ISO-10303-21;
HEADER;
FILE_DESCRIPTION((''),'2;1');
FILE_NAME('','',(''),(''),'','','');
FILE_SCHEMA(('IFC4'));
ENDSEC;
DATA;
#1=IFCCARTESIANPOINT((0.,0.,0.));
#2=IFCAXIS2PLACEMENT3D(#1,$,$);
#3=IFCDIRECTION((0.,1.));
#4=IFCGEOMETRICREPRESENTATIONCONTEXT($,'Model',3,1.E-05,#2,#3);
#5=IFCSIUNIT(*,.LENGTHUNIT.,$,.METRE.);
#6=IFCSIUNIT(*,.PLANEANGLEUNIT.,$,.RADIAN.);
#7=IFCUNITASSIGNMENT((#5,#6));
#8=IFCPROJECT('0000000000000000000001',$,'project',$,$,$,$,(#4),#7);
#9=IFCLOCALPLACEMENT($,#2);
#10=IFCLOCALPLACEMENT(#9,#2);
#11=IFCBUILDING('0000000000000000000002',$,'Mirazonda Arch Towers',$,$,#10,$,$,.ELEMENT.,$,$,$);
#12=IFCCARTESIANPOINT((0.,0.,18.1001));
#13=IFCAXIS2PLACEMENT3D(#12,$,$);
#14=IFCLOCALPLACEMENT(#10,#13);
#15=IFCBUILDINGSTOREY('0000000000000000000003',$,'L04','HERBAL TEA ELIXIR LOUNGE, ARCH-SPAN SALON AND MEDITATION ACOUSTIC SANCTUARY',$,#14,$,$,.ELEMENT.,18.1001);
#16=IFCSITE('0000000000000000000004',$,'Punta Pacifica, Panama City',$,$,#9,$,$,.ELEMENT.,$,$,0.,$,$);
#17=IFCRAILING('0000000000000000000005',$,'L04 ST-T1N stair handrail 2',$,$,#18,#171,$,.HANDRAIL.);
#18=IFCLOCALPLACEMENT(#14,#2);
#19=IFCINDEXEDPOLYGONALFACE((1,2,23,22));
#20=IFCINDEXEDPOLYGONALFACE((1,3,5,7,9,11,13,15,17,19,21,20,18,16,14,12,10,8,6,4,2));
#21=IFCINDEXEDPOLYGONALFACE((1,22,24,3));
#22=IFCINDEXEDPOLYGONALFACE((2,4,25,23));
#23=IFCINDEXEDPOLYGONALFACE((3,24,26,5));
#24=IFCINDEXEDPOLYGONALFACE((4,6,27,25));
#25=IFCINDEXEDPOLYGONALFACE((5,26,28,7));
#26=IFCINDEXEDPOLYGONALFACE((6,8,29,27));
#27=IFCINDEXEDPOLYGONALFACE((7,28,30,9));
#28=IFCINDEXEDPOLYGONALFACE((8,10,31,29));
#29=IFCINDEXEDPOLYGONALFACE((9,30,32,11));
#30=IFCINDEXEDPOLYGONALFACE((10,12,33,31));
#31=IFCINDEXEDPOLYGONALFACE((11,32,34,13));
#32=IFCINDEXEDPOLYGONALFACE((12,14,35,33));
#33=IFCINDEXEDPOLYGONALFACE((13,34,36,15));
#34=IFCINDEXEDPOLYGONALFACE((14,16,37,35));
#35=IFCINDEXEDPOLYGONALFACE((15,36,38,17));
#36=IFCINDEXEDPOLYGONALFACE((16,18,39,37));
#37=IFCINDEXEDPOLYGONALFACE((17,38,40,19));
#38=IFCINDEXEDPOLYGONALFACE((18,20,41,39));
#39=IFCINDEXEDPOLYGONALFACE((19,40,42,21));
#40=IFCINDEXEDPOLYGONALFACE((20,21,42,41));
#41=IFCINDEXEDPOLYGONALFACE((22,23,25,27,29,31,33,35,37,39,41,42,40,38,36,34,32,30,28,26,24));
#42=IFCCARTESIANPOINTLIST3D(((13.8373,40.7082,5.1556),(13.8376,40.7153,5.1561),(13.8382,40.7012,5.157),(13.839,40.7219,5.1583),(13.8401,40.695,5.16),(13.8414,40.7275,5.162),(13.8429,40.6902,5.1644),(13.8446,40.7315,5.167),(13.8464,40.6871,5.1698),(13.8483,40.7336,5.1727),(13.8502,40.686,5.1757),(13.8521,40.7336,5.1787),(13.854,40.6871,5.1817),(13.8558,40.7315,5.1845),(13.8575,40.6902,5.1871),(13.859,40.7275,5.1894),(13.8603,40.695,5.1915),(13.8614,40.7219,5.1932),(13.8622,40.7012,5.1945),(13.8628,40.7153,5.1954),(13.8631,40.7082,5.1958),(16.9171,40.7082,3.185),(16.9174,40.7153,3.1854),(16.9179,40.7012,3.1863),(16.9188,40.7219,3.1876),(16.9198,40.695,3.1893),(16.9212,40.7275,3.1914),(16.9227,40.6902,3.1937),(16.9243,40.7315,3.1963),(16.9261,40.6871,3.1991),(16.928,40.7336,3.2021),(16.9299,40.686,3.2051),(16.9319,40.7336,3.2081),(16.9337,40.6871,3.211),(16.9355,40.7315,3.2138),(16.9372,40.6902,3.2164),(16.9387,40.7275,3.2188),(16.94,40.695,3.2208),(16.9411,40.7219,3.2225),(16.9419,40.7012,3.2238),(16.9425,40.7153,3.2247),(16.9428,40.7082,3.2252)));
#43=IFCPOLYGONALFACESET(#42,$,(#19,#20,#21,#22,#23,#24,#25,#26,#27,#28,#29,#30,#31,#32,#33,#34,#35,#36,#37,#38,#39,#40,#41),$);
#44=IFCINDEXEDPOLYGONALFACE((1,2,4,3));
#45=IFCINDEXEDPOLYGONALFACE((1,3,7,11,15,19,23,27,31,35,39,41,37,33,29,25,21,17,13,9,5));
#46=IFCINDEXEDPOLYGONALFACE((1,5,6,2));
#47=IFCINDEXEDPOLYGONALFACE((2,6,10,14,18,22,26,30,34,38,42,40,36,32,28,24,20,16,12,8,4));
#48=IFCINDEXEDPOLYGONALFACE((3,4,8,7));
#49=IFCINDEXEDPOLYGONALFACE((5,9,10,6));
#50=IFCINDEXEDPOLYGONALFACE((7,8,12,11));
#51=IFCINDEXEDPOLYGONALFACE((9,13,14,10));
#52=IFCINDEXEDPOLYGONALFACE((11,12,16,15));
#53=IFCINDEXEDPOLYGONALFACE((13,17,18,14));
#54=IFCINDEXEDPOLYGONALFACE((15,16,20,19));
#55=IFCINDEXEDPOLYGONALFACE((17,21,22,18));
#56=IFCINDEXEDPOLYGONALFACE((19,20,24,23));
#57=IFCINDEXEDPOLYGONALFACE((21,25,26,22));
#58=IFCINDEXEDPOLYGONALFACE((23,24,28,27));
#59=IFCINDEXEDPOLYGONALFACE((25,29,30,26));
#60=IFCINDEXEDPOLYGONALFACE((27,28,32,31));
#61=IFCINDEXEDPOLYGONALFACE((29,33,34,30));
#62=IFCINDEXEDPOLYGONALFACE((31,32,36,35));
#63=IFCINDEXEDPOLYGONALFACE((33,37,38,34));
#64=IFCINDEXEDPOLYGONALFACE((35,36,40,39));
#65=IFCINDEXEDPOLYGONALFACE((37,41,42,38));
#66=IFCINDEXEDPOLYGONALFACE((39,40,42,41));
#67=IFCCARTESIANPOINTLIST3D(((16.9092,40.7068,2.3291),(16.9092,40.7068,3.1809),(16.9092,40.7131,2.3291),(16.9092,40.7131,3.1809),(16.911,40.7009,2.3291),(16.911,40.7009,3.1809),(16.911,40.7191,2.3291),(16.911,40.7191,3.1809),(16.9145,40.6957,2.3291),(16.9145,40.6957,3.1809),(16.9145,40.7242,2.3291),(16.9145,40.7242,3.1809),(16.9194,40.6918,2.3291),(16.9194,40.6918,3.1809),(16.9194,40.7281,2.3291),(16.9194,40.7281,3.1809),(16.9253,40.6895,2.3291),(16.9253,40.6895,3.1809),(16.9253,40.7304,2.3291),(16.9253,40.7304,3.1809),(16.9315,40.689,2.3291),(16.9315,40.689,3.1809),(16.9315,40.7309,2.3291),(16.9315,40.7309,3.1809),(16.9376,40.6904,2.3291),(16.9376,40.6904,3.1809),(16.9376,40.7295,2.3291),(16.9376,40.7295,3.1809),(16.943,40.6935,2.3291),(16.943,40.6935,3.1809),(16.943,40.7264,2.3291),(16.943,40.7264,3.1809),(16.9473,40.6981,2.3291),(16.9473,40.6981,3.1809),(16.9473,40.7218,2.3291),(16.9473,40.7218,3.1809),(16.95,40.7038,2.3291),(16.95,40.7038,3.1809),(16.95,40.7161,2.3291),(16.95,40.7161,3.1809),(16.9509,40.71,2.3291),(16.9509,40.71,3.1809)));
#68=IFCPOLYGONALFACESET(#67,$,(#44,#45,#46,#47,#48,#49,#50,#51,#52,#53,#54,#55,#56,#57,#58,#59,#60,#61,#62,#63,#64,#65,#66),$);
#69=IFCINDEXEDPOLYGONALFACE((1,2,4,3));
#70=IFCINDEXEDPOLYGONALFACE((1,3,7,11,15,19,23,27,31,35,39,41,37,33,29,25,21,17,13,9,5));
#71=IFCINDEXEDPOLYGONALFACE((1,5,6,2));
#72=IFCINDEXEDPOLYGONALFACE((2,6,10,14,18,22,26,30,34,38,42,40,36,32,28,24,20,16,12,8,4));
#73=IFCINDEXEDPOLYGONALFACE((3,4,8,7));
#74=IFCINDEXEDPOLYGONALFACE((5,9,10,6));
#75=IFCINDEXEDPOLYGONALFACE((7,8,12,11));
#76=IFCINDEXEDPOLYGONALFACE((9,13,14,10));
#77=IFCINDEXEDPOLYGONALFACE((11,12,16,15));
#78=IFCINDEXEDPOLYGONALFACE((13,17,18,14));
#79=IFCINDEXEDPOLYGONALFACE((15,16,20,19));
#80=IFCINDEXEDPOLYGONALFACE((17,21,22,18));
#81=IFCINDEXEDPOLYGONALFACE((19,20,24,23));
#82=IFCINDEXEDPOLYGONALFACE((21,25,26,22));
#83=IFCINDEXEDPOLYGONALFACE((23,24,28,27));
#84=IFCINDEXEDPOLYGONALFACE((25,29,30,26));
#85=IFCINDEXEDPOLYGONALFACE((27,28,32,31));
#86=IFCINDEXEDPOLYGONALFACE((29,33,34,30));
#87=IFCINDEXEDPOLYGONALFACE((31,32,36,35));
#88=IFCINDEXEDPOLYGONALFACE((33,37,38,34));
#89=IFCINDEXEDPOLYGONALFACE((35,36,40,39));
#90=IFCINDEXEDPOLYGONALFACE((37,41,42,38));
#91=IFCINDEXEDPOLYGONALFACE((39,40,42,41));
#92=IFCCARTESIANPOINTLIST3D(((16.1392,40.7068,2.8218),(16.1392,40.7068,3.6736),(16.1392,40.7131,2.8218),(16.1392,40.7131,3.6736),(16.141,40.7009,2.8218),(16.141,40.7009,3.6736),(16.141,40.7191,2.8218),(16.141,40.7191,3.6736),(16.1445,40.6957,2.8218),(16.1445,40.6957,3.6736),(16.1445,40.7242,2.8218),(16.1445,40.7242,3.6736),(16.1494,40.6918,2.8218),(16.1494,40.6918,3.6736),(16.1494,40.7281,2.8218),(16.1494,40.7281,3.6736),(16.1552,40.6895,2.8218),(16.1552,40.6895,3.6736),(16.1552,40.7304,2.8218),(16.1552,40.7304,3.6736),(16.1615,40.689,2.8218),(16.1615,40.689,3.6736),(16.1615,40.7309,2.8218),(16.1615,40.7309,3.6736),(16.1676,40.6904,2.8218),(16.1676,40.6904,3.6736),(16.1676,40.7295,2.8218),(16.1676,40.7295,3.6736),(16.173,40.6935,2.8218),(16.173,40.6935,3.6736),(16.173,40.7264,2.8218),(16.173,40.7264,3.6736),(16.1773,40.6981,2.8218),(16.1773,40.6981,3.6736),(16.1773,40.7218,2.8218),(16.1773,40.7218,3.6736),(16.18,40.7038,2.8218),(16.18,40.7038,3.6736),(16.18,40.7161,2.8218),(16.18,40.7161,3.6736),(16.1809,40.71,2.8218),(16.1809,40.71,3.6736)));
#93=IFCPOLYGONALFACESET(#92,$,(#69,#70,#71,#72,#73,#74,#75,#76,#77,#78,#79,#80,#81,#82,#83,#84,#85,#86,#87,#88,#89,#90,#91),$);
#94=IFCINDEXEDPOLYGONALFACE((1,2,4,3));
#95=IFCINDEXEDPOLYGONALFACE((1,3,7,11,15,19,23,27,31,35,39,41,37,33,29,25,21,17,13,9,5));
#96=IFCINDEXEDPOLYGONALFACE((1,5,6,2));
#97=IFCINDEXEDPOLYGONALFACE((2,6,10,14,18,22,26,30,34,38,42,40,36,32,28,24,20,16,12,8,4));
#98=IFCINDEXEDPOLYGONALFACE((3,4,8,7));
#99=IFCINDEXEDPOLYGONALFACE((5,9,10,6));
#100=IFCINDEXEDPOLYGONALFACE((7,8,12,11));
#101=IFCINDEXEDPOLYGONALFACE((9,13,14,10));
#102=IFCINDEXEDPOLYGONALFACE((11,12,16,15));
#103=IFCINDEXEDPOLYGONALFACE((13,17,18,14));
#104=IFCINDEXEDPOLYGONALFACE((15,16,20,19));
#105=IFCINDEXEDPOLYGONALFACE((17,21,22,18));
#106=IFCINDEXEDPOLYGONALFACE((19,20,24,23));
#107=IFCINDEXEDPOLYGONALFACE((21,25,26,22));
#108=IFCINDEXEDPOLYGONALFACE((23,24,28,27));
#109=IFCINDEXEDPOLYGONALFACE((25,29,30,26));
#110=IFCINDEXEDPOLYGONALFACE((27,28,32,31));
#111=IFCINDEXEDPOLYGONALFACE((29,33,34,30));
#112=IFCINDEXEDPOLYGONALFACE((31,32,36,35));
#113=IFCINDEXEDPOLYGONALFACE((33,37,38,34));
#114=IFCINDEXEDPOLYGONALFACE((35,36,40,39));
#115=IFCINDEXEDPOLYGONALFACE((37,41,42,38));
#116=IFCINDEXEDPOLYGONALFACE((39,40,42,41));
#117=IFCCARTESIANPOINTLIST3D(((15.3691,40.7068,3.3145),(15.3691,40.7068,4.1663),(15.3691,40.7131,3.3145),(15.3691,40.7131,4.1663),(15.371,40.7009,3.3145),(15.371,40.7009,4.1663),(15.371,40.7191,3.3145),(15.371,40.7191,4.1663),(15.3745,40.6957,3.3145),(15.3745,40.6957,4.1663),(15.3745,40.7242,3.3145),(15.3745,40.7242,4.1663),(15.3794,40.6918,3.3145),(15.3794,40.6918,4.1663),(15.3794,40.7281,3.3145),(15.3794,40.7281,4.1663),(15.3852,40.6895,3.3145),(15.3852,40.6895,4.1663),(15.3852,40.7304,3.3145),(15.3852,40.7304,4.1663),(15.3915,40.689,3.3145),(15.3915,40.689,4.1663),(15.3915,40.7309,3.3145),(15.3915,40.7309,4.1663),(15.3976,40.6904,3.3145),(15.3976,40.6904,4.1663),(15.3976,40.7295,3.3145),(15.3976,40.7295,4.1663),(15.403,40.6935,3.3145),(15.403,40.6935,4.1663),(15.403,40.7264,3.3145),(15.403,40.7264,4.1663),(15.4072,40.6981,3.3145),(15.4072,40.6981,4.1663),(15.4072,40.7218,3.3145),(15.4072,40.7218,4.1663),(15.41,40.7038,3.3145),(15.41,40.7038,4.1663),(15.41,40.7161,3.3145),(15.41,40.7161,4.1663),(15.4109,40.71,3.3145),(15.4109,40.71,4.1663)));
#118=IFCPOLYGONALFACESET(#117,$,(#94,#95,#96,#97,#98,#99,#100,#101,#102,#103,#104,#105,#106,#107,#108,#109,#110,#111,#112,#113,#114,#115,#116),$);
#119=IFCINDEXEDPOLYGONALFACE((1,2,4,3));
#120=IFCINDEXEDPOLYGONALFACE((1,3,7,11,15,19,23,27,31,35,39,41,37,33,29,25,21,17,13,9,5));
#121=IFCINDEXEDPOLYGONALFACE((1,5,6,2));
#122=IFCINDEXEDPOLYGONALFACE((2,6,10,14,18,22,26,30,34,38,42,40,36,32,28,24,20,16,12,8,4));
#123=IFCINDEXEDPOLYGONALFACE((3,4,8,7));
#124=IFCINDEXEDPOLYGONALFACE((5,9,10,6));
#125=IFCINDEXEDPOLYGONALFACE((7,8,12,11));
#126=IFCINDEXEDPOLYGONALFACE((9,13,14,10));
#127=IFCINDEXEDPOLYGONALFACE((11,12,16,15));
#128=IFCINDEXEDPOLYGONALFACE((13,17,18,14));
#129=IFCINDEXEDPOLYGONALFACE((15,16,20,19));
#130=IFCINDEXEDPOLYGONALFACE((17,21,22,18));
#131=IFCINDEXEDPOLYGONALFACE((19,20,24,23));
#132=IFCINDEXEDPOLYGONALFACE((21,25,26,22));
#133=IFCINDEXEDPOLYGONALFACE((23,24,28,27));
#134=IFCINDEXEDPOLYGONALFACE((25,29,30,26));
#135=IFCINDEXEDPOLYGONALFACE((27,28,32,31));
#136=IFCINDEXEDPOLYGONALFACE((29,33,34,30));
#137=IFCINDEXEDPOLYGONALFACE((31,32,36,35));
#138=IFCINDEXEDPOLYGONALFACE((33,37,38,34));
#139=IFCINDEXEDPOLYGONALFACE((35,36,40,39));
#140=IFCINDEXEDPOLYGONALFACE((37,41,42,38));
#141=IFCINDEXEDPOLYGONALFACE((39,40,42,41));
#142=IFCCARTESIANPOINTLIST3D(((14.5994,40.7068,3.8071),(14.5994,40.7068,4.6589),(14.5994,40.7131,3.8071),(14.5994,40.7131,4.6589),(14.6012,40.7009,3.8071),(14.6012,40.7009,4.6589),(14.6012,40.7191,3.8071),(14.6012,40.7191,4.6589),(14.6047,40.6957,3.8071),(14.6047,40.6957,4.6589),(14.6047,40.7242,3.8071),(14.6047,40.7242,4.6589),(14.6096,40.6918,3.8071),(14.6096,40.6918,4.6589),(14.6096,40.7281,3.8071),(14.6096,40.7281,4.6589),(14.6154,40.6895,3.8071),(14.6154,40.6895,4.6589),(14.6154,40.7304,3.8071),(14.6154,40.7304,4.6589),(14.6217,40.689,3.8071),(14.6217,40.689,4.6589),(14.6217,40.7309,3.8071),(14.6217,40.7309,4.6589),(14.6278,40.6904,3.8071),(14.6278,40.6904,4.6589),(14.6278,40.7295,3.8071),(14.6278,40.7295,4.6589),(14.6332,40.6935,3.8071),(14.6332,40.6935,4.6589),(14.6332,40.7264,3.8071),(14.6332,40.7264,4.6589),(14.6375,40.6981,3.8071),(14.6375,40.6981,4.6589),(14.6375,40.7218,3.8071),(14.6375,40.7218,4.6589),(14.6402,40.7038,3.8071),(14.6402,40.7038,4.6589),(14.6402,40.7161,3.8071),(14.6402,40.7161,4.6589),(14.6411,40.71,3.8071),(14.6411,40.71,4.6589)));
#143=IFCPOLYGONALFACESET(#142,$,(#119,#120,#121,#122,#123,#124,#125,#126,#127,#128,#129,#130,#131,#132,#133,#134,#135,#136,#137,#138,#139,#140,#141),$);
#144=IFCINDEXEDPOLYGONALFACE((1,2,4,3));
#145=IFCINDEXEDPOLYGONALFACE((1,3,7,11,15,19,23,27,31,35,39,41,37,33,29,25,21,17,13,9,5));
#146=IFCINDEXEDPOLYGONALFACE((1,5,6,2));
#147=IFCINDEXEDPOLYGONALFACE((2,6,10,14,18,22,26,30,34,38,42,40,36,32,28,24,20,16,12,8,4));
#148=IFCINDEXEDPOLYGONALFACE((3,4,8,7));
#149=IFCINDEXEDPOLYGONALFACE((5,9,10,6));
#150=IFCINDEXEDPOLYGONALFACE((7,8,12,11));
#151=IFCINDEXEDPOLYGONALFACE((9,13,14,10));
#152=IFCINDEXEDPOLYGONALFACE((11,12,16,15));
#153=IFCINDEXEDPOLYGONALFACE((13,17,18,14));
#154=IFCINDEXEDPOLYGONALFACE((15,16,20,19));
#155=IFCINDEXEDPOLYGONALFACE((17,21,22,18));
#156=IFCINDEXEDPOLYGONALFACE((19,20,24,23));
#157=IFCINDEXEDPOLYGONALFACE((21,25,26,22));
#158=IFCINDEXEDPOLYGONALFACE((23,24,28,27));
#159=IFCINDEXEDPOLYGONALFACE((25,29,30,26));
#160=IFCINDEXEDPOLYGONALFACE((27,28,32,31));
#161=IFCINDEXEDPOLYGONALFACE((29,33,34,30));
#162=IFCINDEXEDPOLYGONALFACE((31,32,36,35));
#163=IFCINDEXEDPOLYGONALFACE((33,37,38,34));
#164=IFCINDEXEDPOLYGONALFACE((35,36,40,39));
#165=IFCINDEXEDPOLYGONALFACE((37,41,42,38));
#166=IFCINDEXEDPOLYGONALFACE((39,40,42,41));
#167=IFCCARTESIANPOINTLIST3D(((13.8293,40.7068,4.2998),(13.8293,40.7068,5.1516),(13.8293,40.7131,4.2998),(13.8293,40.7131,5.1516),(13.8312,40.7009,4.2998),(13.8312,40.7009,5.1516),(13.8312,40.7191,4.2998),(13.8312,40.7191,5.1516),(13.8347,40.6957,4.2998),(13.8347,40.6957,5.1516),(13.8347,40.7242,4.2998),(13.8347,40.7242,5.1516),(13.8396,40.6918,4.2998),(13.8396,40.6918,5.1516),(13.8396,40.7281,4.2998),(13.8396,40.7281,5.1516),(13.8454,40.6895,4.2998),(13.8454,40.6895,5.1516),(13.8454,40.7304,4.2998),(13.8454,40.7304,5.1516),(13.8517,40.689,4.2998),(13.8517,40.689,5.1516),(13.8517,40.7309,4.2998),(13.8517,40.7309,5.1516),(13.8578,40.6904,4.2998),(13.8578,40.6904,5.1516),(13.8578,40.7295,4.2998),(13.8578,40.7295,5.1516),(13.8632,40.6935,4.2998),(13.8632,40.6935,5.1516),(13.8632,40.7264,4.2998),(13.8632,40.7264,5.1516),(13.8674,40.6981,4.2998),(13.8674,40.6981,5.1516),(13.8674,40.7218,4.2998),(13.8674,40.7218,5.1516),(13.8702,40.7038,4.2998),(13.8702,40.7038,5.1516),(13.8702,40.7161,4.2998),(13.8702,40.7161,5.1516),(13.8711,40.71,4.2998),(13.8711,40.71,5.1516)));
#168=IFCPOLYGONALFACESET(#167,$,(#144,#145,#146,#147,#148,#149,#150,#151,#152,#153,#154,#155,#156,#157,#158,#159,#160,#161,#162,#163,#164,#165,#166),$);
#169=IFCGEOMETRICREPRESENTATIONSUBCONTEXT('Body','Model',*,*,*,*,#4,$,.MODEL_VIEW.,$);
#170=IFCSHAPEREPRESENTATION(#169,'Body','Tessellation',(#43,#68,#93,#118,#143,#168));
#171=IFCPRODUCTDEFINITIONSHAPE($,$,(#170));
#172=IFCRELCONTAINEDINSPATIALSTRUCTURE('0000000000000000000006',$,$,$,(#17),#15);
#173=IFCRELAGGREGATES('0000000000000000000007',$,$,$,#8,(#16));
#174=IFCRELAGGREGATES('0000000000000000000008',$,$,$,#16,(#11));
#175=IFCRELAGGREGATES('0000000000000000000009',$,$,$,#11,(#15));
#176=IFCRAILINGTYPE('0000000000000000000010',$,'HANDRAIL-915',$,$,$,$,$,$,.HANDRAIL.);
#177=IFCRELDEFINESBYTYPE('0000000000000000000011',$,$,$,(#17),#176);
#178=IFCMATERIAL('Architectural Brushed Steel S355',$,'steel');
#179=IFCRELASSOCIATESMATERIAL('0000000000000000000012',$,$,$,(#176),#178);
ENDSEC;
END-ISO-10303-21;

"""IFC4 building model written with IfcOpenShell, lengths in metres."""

from ifc_helpers import new_model, si_unit, direction, frame, origin, origin_2d, place, context, subcontext, project, spatial, circle, extrude, material, type_object, element, save


model = new_model("IFC4")

# Units and contexts
model_context = context("Model", 3, precision=1e-05, world=origin(), true_north=direction((0.0, 1.0)))
body_context = subcontext(model_context, "Body", "Model", "MODEL_VIEW")
ifc_project = project(units=[si_unit("LENGTHUNIT", "METRE"), si_unit("PLANEANGLEUNIT", "RADIAN")], contexts=[model_context])

# Site, building, storey
site_placement = place(None, origin())
site = spatial("IfcSite", under=ifc_project, at=site_placement, Name="Punta Pacifica, Panama City", CompositionType="ELEMENT", RefElevation=0.0)
building_placement = place(site_placement, origin())
building = spatial("IfcBuilding", under=site, at=building_placement, Name="Mirazonda Arch Towers", CompositionType="ELEMENT")
storey_placement = place(building_placement, frame((0.0, 0.0, 18.1001)))
storey = spatial("IfcBuildingStorey", under=building, at=storey_placement, Name="L04", Description="HERBAL TEA ELIXIR LOUNGE, ARCH-SPAN SALON AND MEDITATION ACOUSTIC SANCTUARY", CompositionType="ELEMENT", Elevation=18.1001)

# Shared definitions
ifc_material_1 = material(Name="Architectural Brushed Steel S355", Category="steel")

# Railing
railing_type_1 = type_object("IfcRailingType", Name="HANDRAIL-915", PredefinedType="HANDRAIL", material=ifc_material_1)
railing_1_placement = place(storey_placement, frame((16.9299, 40.71, 2.3291)))
element("IfcRailing", 1, at=railing_1_placement, inside=storey, type_object=railing_type_1, Name="L04 ST-T1N stair handrail 2", PredefinedType="HANDRAIL", context=body_context, shape_type="SweptSolid", body=[
    extrude(circle(Radius=0.0239, at=origin_2d()), frame((0.0, 0.0, 0.876), z_axis=(-0.84232, 0.0, 0.538978), x_axis=(0.0, -1.0, 0.0)), (0.0, 0.0, 1.0), 3.6562),
    extrude(circle(Radius=0.021, at=origin_2d()), origin(), (0.0, 0.0, 1.0), 0.8518),
    extrude(circle(Radius=0.021, at=origin_2d()), frame((-0.77, 0.0, 0.4927)), (0.0, 0.0, 1.0), 0.8518),
    extrude(circle(Radius=0.021, at=origin_2d()), frame((-1.54, 0.0, 0.9854)), (0.0, 0.0, 1.0), 0.8518),
    extrude(circle(Radius=0.021, at=origin_2d()), frame((-2.3098, 0.0, 1.478)), (0.0, 0.0, 1.0), 0.8518),
    extrude(circle(Radius=0.021, at=origin_2d()), frame((-3.0798, 0.0, 1.9707)), (0.0, 0.0, 1.0), 0.8518),
])

save(model, "model.ifc")
